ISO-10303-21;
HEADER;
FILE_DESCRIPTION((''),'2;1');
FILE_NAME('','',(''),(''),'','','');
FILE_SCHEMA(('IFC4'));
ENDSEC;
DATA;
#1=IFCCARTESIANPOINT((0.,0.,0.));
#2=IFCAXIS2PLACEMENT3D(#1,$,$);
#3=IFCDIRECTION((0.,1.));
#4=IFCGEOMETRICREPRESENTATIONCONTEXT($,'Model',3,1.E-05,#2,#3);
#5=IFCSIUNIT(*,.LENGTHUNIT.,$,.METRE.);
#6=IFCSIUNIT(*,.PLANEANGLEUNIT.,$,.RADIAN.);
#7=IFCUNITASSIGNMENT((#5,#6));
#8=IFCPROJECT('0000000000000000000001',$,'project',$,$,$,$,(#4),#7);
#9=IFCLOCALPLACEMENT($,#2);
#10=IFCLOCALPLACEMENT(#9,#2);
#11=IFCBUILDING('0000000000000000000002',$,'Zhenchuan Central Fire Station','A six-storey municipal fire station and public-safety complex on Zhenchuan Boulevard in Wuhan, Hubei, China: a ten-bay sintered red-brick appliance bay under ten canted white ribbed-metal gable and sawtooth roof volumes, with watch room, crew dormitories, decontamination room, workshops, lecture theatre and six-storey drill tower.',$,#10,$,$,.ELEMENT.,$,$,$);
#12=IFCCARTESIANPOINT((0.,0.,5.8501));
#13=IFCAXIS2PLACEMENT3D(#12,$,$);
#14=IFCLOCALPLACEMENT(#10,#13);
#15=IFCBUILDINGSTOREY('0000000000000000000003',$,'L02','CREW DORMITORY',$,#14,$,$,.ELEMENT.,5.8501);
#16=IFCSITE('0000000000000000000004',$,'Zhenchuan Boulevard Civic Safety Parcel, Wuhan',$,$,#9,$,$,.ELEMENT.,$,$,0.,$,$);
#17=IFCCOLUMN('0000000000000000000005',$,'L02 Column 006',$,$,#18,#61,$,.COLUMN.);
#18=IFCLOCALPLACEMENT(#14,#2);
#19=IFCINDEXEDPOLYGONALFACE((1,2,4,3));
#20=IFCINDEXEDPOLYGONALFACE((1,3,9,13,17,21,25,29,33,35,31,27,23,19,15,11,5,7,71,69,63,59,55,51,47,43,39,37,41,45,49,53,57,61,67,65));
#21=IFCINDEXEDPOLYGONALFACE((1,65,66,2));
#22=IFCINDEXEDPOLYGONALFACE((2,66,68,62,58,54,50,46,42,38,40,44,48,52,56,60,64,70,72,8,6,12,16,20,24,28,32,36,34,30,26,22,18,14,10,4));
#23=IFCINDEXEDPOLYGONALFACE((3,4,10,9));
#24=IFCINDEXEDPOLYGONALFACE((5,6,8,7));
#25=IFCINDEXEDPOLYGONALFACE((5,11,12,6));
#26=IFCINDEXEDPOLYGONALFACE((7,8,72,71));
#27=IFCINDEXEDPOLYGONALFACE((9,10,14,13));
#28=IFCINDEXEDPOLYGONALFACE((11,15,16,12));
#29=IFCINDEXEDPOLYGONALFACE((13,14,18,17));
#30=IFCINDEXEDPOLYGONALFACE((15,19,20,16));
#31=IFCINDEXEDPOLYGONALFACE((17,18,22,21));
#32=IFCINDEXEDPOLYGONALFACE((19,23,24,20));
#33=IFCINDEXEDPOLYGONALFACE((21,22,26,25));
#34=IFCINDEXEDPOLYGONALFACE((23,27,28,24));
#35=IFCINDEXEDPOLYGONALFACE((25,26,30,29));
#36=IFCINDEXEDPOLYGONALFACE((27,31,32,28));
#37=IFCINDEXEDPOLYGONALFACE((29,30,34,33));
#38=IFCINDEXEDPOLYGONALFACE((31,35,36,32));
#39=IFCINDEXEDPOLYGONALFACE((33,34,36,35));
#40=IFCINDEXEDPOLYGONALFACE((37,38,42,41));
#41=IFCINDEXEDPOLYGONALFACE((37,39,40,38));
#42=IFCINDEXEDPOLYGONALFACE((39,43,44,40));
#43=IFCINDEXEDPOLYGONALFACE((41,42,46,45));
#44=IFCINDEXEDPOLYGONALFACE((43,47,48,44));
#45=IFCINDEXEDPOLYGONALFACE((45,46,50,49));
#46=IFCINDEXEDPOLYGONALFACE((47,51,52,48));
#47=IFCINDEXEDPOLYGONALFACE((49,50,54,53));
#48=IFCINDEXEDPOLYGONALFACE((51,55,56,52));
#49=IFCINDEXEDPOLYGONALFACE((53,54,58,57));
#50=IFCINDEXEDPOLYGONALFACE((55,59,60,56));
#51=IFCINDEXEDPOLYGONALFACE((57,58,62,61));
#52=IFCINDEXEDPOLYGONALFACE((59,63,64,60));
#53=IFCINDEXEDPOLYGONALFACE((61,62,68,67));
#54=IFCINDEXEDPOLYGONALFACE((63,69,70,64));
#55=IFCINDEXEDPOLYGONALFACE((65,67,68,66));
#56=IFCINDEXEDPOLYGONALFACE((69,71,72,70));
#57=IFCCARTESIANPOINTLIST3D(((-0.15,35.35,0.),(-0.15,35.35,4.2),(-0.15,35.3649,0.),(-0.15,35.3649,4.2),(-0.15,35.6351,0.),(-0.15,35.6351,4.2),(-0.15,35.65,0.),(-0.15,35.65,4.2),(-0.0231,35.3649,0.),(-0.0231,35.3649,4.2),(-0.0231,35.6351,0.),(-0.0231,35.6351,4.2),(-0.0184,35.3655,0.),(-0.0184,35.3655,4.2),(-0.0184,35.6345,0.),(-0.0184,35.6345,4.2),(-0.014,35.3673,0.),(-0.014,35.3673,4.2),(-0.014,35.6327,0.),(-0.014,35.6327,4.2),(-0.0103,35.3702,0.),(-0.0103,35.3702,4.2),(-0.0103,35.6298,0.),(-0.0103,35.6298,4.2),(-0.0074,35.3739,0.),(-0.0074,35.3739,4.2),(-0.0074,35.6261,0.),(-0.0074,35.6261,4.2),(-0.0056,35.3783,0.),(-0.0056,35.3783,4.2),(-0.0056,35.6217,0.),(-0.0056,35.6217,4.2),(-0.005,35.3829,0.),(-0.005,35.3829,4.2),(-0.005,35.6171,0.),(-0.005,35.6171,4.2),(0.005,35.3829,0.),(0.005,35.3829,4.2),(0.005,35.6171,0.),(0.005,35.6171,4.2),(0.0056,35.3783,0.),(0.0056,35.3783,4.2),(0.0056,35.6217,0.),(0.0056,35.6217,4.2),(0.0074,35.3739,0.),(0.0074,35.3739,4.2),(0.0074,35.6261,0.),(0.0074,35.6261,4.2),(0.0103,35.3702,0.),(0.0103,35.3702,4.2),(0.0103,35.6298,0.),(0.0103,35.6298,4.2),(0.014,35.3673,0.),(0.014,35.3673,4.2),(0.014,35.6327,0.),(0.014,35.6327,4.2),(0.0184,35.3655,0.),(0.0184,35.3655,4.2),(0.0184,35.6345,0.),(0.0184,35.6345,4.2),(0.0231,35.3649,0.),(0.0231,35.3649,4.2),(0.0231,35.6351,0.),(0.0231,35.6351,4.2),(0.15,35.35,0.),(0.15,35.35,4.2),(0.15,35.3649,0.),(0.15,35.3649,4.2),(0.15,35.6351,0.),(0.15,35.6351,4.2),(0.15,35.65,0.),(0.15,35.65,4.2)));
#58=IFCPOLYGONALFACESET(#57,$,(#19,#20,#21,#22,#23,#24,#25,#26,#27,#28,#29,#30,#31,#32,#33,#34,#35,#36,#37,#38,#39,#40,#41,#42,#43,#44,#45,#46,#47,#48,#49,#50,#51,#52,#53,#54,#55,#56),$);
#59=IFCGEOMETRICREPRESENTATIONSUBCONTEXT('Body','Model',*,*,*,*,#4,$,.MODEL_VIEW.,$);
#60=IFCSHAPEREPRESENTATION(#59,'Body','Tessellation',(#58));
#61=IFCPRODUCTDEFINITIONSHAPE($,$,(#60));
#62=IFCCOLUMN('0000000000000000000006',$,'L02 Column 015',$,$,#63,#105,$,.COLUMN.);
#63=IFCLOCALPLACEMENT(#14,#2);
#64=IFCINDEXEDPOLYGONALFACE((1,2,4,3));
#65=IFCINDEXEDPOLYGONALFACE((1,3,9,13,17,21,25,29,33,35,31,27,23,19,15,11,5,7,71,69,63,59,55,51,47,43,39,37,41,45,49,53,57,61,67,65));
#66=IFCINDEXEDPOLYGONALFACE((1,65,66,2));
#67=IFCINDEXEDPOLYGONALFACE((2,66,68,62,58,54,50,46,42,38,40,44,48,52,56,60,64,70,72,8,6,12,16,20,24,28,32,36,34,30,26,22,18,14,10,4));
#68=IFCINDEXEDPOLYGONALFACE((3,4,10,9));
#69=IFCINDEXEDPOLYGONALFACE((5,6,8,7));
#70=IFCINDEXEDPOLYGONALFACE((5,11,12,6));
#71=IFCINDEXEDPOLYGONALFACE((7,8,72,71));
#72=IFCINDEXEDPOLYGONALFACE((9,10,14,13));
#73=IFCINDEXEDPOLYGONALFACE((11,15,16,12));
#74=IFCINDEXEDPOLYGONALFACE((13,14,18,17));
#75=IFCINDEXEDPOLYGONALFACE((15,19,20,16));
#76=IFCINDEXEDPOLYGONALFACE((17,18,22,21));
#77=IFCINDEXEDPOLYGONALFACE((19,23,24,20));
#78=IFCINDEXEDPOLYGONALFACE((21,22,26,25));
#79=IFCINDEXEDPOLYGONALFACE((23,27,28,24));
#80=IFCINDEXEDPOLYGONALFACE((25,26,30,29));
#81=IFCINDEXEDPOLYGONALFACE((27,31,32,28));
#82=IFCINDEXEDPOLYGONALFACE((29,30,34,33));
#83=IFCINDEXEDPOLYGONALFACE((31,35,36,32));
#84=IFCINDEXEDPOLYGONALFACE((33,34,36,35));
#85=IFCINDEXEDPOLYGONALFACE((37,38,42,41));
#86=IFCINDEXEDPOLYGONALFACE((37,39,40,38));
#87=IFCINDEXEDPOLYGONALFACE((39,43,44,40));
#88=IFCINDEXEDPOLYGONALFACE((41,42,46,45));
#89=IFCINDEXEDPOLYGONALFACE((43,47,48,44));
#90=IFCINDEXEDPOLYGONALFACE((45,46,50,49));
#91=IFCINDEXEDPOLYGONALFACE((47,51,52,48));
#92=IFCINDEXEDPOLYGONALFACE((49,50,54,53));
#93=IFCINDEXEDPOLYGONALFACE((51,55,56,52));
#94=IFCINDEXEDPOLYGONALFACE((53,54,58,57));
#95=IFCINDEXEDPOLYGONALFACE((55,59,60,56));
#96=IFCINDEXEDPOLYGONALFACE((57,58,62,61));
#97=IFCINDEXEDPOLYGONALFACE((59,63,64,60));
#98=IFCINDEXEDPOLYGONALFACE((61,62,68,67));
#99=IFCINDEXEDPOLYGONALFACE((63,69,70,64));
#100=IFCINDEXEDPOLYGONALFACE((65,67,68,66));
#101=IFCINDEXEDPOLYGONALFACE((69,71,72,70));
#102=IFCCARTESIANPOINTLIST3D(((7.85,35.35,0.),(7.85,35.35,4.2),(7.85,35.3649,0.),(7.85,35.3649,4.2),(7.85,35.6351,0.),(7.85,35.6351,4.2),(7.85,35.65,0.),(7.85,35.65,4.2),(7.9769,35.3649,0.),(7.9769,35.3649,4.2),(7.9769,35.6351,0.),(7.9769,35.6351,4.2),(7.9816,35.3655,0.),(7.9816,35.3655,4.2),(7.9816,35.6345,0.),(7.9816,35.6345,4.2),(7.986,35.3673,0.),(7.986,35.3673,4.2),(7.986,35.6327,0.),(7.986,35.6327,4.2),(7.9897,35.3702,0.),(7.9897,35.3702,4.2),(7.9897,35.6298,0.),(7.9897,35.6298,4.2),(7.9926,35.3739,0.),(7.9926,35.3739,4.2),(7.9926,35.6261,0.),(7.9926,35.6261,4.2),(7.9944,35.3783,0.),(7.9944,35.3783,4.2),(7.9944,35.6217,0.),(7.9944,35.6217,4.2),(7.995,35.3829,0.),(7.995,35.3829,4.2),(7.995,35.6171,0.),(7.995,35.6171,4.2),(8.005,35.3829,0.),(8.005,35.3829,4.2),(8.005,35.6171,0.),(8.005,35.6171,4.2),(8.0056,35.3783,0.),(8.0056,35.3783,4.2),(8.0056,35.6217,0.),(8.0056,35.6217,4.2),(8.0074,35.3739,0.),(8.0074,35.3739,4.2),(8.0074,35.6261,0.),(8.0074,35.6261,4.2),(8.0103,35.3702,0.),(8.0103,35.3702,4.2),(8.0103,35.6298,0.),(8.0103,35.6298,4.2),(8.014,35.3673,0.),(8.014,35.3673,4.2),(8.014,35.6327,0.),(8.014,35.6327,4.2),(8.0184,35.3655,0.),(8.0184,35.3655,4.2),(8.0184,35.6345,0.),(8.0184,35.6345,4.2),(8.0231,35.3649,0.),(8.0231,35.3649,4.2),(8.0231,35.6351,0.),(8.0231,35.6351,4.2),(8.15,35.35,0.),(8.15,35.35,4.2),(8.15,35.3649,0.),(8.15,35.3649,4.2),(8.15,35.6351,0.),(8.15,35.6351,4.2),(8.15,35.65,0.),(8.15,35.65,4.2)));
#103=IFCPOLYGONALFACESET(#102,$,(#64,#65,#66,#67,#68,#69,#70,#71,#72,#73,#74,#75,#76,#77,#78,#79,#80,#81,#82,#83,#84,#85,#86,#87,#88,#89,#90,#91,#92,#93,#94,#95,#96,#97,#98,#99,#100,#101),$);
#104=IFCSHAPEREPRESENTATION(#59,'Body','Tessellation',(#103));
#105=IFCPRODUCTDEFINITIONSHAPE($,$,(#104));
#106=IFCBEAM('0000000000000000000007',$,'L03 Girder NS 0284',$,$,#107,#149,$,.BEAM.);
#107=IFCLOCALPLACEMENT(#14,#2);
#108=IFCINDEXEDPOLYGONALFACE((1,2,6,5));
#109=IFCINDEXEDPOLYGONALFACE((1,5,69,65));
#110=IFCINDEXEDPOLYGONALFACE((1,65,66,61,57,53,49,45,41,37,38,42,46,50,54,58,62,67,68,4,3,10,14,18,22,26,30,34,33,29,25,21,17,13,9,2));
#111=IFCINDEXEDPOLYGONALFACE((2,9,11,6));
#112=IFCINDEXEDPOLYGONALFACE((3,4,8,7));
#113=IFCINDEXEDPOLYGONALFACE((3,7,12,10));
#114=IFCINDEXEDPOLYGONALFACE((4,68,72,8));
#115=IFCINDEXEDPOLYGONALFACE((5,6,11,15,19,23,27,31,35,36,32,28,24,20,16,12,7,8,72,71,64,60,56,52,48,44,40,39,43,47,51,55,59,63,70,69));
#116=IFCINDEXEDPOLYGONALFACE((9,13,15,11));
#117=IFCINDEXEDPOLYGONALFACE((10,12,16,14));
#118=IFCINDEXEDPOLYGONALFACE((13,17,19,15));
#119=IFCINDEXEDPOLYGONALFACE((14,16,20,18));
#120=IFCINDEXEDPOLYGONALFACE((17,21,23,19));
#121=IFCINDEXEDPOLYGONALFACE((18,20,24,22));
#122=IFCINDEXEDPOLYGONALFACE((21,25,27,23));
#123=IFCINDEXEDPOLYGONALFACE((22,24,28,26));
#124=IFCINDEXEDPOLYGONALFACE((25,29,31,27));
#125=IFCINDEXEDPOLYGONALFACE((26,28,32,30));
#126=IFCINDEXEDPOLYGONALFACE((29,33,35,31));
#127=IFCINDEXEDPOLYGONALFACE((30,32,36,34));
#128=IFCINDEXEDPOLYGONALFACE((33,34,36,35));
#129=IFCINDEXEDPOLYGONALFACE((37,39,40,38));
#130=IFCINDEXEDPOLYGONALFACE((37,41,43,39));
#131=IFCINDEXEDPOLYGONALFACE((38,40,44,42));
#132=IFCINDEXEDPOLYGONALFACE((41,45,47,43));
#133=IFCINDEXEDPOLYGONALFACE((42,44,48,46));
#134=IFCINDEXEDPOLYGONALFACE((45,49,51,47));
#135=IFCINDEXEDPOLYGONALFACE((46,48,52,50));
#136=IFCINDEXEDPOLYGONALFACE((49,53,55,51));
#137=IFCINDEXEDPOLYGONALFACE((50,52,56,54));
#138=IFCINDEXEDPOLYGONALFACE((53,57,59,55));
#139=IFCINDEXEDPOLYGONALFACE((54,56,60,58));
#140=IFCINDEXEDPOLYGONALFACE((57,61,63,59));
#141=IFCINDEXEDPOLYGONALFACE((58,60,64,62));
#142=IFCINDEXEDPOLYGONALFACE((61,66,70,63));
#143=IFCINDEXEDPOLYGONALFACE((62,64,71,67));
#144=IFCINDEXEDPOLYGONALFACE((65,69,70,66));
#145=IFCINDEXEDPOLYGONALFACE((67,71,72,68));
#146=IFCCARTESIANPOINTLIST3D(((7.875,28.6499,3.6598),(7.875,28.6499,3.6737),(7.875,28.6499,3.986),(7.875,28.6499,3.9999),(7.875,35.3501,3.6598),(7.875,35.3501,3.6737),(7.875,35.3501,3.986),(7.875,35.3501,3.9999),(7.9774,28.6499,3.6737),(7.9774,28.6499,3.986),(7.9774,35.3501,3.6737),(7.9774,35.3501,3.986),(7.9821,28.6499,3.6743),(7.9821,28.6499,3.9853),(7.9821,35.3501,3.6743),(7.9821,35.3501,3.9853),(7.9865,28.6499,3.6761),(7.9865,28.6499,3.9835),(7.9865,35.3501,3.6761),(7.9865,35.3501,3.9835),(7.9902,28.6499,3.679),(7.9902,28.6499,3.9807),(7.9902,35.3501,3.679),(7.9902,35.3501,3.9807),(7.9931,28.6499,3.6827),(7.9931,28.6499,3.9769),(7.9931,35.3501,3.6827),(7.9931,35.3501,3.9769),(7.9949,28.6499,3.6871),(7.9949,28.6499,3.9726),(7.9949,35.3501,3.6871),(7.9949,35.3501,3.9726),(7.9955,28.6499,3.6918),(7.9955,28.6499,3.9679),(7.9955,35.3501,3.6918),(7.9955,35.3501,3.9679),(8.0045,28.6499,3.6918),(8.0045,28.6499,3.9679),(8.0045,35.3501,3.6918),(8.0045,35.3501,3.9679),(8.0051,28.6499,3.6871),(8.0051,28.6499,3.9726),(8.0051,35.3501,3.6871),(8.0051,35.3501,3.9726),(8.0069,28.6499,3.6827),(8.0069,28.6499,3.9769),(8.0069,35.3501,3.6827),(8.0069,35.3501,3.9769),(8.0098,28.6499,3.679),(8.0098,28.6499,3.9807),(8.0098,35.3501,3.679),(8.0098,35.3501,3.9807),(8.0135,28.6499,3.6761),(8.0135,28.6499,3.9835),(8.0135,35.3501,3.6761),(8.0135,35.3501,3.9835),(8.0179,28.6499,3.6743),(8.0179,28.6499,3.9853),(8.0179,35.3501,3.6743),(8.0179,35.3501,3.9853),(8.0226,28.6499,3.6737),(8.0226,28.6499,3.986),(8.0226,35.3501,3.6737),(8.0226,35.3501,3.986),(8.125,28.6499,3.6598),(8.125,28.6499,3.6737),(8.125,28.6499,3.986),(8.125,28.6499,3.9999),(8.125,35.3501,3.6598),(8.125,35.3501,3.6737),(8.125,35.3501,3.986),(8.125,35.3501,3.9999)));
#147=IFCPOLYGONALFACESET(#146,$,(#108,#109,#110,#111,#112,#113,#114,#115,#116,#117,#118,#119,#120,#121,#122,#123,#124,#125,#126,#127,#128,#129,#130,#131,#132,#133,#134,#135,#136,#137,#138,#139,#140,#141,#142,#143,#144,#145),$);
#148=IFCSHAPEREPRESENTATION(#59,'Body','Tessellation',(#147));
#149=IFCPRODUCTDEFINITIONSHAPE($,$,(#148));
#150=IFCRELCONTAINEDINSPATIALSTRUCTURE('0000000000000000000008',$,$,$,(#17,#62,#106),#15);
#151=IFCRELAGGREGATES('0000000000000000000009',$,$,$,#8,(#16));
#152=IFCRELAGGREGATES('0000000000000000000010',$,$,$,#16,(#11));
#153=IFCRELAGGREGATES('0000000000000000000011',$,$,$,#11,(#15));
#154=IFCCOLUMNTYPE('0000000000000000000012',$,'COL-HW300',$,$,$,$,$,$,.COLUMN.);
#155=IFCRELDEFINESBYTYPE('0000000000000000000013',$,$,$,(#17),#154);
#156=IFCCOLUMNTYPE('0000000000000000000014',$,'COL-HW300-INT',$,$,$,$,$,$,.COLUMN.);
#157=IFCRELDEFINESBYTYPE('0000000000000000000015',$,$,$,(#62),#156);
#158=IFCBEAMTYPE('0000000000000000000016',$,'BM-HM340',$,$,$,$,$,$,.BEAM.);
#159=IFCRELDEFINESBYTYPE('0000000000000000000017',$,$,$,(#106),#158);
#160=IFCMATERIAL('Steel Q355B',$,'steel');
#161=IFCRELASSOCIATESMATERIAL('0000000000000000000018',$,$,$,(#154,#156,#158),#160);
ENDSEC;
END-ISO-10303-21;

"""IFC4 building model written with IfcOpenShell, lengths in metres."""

from ifc_helpers import new_model, si_unit, direction, frame, origin, origin_2d, place, context, subcontext, project, spatial, i_section, extrude, material, material_profile, profile_set, type_object, element, save


model = new_model("IFC4")

# Units and contexts
model_context = context("Model", 3, precision=1e-05, world=origin(), true_north=direction((0.0, 1.0)))
body_context = subcontext(model_context, "Body", "Model", "MODEL_VIEW")
ifc_project = project(units=[si_unit("LENGTHUNIT", "METRE"), si_unit("PLANEANGLEUNIT", "RADIAN")], contexts=[model_context])

# Site, building, storey
site_placement = place(None, origin())
site = spatial("IfcSite", under=ifc_project, at=site_placement, Name="Zhenchuan Boulevard Civic Safety Parcel, Wuhan", CompositionType="ELEMENT", RefElevation=0.0)
building_placement = place(site_placement, origin())
building = spatial("IfcBuilding", under=site, at=building_placement, Name="Zhenchuan Central Fire Station", Description="A six-storey municipal fire station and public-safety complex on Zhenchuan Boulevard in Wuhan, Hubei, China: a ten-bay sintered red-brick appliance bay under ten canted white ribbed-metal gable and sawtooth roof volumes, with watch room, crew dormitories, decontamination room, workshops, lecture theatre and six-storey drill tower.", CompositionType="ELEMENT")
storey_placement = place(building_placement, frame((0.0, 0.0, 5.8501)))
storey = spatial("IfcBuildingStorey", under=building, at=storey_placement, Name="L02", Description="CREW DORMITORY", CompositionType="ELEMENT", Elevation=5.8501)

# Columns
ifc_material_1 = material(Name="Steel Q355B", Category="steel")
ifc_material_profile_1 = material_profile(ifc_material_1, i_section(OverallWidth=0.3, OverallDepth=0.3, WebThickness=0.01, FlangeThickness=0.0149, FilletRadius=0.0181, at=origin_2d()), Name="HW 300x300")
ifc_profile_set_1 = profile_set([ifc_material_profile_1], Name="Steel Q355B")
column_type_1 = type_object("IfcColumnType", Name="COL-HW300", PredefinedType="COLUMN", material=ifc_profile_set_1)
column_1_placement = place(storey_placement, frame((0.0, 35.5, 0.0), z_axis=(0.0, 0.0, 1.0), x_axis=(1.0, 0.0, 0.0)))
element("IfcColumn", 1, at=column_1_placement, inside=storey, type_object=column_type_1, Name="L02 Column 006", PredefinedType="COLUMN", context=body_context, shape_type="SweptSolid", body=[
    extrude(i_section(OverallWidth=0.3, OverallDepth=0.3, WebThickness=0.01, FlangeThickness=0.0149, FilletRadius=0.0181, at=origin_2d()), origin(), (0.0, 0.0, 1.0), 4.2),
])
ifc_material_profile_2 = material_profile(ifc_material_1, i_section(OverallWidth=0.3, OverallDepth=0.3, WebThickness=0.01, FlangeThickness=0.0149, FilletRadius=0.0181, at=origin_2d()), Name="HW 300x300")
ifc_profile_set_2 = profile_set([ifc_material_profile_2], Name="Steel Q355B")
column_type_2 = type_object("IfcColumnType", Name="COL-HW300-INT", PredefinedType="COLUMN", material=ifc_profile_set_2)
column_2_placement = place(storey_placement, frame((8.0, 35.5, 0.0), z_axis=(0.0, 0.0, 1.0), x_axis=(1.0, 0.0, 0.0)))
element("IfcColumn", 2, at=column_2_placement, inside=storey, type_object=column_type_2, Name="L02 Column 015", PredefinedType="COLUMN", context=body_context, shape_type="SweptSolid", body=[
    extrude(i_section(OverallWidth=0.3, OverallDepth=0.3, WebThickness=0.01, FlangeThickness=0.0149, FilletRadius=0.0181, at=origin_2d()), origin(), (0.0, 0.0, 1.0), 4.2),
])

# Beam
ifc_material_profile_3 = material_profile(ifc_material_1, i_section(OverallWidth=0.25, OverallDepth=0.3401, WebThickness=0.009, FlangeThickness=0.0139, FilletRadius=0.0181, at=origin_2d()), Name="HM 340x250")
ifc_profile_set_3 = profile_set([ifc_material_profile_3], Name="Steel Q355B")
beam_type_1 = type_object("IfcBeamType", Name="BM-HM340", PredefinedType="BEAM", material=ifc_profile_set_3)
beam_1_placement = place(storey_placement, frame((8.0, 28.6499, 3.8298), z_axis=(0.0, 1.0, 0.0), x_axis=(-1.0, 0.0, 0.0)))
element("IfcBeam", 3, at=beam_1_placement, inside=storey, type_object=beam_type_1, Name="L03 Girder NS 0284", PredefinedType="BEAM", context=body_context, shape_type="SweptSolid", body=[
    extrude(i_section(OverallWidth=0.25, OverallDepth=0.3401, WebThickness=0.009, FlangeThickness=0.0139, FilletRadius=0.0181, at=origin_2d()), origin(), (0.0, 0.0, 1.0), 6.7002),
])

save(model, "model.ifc")
